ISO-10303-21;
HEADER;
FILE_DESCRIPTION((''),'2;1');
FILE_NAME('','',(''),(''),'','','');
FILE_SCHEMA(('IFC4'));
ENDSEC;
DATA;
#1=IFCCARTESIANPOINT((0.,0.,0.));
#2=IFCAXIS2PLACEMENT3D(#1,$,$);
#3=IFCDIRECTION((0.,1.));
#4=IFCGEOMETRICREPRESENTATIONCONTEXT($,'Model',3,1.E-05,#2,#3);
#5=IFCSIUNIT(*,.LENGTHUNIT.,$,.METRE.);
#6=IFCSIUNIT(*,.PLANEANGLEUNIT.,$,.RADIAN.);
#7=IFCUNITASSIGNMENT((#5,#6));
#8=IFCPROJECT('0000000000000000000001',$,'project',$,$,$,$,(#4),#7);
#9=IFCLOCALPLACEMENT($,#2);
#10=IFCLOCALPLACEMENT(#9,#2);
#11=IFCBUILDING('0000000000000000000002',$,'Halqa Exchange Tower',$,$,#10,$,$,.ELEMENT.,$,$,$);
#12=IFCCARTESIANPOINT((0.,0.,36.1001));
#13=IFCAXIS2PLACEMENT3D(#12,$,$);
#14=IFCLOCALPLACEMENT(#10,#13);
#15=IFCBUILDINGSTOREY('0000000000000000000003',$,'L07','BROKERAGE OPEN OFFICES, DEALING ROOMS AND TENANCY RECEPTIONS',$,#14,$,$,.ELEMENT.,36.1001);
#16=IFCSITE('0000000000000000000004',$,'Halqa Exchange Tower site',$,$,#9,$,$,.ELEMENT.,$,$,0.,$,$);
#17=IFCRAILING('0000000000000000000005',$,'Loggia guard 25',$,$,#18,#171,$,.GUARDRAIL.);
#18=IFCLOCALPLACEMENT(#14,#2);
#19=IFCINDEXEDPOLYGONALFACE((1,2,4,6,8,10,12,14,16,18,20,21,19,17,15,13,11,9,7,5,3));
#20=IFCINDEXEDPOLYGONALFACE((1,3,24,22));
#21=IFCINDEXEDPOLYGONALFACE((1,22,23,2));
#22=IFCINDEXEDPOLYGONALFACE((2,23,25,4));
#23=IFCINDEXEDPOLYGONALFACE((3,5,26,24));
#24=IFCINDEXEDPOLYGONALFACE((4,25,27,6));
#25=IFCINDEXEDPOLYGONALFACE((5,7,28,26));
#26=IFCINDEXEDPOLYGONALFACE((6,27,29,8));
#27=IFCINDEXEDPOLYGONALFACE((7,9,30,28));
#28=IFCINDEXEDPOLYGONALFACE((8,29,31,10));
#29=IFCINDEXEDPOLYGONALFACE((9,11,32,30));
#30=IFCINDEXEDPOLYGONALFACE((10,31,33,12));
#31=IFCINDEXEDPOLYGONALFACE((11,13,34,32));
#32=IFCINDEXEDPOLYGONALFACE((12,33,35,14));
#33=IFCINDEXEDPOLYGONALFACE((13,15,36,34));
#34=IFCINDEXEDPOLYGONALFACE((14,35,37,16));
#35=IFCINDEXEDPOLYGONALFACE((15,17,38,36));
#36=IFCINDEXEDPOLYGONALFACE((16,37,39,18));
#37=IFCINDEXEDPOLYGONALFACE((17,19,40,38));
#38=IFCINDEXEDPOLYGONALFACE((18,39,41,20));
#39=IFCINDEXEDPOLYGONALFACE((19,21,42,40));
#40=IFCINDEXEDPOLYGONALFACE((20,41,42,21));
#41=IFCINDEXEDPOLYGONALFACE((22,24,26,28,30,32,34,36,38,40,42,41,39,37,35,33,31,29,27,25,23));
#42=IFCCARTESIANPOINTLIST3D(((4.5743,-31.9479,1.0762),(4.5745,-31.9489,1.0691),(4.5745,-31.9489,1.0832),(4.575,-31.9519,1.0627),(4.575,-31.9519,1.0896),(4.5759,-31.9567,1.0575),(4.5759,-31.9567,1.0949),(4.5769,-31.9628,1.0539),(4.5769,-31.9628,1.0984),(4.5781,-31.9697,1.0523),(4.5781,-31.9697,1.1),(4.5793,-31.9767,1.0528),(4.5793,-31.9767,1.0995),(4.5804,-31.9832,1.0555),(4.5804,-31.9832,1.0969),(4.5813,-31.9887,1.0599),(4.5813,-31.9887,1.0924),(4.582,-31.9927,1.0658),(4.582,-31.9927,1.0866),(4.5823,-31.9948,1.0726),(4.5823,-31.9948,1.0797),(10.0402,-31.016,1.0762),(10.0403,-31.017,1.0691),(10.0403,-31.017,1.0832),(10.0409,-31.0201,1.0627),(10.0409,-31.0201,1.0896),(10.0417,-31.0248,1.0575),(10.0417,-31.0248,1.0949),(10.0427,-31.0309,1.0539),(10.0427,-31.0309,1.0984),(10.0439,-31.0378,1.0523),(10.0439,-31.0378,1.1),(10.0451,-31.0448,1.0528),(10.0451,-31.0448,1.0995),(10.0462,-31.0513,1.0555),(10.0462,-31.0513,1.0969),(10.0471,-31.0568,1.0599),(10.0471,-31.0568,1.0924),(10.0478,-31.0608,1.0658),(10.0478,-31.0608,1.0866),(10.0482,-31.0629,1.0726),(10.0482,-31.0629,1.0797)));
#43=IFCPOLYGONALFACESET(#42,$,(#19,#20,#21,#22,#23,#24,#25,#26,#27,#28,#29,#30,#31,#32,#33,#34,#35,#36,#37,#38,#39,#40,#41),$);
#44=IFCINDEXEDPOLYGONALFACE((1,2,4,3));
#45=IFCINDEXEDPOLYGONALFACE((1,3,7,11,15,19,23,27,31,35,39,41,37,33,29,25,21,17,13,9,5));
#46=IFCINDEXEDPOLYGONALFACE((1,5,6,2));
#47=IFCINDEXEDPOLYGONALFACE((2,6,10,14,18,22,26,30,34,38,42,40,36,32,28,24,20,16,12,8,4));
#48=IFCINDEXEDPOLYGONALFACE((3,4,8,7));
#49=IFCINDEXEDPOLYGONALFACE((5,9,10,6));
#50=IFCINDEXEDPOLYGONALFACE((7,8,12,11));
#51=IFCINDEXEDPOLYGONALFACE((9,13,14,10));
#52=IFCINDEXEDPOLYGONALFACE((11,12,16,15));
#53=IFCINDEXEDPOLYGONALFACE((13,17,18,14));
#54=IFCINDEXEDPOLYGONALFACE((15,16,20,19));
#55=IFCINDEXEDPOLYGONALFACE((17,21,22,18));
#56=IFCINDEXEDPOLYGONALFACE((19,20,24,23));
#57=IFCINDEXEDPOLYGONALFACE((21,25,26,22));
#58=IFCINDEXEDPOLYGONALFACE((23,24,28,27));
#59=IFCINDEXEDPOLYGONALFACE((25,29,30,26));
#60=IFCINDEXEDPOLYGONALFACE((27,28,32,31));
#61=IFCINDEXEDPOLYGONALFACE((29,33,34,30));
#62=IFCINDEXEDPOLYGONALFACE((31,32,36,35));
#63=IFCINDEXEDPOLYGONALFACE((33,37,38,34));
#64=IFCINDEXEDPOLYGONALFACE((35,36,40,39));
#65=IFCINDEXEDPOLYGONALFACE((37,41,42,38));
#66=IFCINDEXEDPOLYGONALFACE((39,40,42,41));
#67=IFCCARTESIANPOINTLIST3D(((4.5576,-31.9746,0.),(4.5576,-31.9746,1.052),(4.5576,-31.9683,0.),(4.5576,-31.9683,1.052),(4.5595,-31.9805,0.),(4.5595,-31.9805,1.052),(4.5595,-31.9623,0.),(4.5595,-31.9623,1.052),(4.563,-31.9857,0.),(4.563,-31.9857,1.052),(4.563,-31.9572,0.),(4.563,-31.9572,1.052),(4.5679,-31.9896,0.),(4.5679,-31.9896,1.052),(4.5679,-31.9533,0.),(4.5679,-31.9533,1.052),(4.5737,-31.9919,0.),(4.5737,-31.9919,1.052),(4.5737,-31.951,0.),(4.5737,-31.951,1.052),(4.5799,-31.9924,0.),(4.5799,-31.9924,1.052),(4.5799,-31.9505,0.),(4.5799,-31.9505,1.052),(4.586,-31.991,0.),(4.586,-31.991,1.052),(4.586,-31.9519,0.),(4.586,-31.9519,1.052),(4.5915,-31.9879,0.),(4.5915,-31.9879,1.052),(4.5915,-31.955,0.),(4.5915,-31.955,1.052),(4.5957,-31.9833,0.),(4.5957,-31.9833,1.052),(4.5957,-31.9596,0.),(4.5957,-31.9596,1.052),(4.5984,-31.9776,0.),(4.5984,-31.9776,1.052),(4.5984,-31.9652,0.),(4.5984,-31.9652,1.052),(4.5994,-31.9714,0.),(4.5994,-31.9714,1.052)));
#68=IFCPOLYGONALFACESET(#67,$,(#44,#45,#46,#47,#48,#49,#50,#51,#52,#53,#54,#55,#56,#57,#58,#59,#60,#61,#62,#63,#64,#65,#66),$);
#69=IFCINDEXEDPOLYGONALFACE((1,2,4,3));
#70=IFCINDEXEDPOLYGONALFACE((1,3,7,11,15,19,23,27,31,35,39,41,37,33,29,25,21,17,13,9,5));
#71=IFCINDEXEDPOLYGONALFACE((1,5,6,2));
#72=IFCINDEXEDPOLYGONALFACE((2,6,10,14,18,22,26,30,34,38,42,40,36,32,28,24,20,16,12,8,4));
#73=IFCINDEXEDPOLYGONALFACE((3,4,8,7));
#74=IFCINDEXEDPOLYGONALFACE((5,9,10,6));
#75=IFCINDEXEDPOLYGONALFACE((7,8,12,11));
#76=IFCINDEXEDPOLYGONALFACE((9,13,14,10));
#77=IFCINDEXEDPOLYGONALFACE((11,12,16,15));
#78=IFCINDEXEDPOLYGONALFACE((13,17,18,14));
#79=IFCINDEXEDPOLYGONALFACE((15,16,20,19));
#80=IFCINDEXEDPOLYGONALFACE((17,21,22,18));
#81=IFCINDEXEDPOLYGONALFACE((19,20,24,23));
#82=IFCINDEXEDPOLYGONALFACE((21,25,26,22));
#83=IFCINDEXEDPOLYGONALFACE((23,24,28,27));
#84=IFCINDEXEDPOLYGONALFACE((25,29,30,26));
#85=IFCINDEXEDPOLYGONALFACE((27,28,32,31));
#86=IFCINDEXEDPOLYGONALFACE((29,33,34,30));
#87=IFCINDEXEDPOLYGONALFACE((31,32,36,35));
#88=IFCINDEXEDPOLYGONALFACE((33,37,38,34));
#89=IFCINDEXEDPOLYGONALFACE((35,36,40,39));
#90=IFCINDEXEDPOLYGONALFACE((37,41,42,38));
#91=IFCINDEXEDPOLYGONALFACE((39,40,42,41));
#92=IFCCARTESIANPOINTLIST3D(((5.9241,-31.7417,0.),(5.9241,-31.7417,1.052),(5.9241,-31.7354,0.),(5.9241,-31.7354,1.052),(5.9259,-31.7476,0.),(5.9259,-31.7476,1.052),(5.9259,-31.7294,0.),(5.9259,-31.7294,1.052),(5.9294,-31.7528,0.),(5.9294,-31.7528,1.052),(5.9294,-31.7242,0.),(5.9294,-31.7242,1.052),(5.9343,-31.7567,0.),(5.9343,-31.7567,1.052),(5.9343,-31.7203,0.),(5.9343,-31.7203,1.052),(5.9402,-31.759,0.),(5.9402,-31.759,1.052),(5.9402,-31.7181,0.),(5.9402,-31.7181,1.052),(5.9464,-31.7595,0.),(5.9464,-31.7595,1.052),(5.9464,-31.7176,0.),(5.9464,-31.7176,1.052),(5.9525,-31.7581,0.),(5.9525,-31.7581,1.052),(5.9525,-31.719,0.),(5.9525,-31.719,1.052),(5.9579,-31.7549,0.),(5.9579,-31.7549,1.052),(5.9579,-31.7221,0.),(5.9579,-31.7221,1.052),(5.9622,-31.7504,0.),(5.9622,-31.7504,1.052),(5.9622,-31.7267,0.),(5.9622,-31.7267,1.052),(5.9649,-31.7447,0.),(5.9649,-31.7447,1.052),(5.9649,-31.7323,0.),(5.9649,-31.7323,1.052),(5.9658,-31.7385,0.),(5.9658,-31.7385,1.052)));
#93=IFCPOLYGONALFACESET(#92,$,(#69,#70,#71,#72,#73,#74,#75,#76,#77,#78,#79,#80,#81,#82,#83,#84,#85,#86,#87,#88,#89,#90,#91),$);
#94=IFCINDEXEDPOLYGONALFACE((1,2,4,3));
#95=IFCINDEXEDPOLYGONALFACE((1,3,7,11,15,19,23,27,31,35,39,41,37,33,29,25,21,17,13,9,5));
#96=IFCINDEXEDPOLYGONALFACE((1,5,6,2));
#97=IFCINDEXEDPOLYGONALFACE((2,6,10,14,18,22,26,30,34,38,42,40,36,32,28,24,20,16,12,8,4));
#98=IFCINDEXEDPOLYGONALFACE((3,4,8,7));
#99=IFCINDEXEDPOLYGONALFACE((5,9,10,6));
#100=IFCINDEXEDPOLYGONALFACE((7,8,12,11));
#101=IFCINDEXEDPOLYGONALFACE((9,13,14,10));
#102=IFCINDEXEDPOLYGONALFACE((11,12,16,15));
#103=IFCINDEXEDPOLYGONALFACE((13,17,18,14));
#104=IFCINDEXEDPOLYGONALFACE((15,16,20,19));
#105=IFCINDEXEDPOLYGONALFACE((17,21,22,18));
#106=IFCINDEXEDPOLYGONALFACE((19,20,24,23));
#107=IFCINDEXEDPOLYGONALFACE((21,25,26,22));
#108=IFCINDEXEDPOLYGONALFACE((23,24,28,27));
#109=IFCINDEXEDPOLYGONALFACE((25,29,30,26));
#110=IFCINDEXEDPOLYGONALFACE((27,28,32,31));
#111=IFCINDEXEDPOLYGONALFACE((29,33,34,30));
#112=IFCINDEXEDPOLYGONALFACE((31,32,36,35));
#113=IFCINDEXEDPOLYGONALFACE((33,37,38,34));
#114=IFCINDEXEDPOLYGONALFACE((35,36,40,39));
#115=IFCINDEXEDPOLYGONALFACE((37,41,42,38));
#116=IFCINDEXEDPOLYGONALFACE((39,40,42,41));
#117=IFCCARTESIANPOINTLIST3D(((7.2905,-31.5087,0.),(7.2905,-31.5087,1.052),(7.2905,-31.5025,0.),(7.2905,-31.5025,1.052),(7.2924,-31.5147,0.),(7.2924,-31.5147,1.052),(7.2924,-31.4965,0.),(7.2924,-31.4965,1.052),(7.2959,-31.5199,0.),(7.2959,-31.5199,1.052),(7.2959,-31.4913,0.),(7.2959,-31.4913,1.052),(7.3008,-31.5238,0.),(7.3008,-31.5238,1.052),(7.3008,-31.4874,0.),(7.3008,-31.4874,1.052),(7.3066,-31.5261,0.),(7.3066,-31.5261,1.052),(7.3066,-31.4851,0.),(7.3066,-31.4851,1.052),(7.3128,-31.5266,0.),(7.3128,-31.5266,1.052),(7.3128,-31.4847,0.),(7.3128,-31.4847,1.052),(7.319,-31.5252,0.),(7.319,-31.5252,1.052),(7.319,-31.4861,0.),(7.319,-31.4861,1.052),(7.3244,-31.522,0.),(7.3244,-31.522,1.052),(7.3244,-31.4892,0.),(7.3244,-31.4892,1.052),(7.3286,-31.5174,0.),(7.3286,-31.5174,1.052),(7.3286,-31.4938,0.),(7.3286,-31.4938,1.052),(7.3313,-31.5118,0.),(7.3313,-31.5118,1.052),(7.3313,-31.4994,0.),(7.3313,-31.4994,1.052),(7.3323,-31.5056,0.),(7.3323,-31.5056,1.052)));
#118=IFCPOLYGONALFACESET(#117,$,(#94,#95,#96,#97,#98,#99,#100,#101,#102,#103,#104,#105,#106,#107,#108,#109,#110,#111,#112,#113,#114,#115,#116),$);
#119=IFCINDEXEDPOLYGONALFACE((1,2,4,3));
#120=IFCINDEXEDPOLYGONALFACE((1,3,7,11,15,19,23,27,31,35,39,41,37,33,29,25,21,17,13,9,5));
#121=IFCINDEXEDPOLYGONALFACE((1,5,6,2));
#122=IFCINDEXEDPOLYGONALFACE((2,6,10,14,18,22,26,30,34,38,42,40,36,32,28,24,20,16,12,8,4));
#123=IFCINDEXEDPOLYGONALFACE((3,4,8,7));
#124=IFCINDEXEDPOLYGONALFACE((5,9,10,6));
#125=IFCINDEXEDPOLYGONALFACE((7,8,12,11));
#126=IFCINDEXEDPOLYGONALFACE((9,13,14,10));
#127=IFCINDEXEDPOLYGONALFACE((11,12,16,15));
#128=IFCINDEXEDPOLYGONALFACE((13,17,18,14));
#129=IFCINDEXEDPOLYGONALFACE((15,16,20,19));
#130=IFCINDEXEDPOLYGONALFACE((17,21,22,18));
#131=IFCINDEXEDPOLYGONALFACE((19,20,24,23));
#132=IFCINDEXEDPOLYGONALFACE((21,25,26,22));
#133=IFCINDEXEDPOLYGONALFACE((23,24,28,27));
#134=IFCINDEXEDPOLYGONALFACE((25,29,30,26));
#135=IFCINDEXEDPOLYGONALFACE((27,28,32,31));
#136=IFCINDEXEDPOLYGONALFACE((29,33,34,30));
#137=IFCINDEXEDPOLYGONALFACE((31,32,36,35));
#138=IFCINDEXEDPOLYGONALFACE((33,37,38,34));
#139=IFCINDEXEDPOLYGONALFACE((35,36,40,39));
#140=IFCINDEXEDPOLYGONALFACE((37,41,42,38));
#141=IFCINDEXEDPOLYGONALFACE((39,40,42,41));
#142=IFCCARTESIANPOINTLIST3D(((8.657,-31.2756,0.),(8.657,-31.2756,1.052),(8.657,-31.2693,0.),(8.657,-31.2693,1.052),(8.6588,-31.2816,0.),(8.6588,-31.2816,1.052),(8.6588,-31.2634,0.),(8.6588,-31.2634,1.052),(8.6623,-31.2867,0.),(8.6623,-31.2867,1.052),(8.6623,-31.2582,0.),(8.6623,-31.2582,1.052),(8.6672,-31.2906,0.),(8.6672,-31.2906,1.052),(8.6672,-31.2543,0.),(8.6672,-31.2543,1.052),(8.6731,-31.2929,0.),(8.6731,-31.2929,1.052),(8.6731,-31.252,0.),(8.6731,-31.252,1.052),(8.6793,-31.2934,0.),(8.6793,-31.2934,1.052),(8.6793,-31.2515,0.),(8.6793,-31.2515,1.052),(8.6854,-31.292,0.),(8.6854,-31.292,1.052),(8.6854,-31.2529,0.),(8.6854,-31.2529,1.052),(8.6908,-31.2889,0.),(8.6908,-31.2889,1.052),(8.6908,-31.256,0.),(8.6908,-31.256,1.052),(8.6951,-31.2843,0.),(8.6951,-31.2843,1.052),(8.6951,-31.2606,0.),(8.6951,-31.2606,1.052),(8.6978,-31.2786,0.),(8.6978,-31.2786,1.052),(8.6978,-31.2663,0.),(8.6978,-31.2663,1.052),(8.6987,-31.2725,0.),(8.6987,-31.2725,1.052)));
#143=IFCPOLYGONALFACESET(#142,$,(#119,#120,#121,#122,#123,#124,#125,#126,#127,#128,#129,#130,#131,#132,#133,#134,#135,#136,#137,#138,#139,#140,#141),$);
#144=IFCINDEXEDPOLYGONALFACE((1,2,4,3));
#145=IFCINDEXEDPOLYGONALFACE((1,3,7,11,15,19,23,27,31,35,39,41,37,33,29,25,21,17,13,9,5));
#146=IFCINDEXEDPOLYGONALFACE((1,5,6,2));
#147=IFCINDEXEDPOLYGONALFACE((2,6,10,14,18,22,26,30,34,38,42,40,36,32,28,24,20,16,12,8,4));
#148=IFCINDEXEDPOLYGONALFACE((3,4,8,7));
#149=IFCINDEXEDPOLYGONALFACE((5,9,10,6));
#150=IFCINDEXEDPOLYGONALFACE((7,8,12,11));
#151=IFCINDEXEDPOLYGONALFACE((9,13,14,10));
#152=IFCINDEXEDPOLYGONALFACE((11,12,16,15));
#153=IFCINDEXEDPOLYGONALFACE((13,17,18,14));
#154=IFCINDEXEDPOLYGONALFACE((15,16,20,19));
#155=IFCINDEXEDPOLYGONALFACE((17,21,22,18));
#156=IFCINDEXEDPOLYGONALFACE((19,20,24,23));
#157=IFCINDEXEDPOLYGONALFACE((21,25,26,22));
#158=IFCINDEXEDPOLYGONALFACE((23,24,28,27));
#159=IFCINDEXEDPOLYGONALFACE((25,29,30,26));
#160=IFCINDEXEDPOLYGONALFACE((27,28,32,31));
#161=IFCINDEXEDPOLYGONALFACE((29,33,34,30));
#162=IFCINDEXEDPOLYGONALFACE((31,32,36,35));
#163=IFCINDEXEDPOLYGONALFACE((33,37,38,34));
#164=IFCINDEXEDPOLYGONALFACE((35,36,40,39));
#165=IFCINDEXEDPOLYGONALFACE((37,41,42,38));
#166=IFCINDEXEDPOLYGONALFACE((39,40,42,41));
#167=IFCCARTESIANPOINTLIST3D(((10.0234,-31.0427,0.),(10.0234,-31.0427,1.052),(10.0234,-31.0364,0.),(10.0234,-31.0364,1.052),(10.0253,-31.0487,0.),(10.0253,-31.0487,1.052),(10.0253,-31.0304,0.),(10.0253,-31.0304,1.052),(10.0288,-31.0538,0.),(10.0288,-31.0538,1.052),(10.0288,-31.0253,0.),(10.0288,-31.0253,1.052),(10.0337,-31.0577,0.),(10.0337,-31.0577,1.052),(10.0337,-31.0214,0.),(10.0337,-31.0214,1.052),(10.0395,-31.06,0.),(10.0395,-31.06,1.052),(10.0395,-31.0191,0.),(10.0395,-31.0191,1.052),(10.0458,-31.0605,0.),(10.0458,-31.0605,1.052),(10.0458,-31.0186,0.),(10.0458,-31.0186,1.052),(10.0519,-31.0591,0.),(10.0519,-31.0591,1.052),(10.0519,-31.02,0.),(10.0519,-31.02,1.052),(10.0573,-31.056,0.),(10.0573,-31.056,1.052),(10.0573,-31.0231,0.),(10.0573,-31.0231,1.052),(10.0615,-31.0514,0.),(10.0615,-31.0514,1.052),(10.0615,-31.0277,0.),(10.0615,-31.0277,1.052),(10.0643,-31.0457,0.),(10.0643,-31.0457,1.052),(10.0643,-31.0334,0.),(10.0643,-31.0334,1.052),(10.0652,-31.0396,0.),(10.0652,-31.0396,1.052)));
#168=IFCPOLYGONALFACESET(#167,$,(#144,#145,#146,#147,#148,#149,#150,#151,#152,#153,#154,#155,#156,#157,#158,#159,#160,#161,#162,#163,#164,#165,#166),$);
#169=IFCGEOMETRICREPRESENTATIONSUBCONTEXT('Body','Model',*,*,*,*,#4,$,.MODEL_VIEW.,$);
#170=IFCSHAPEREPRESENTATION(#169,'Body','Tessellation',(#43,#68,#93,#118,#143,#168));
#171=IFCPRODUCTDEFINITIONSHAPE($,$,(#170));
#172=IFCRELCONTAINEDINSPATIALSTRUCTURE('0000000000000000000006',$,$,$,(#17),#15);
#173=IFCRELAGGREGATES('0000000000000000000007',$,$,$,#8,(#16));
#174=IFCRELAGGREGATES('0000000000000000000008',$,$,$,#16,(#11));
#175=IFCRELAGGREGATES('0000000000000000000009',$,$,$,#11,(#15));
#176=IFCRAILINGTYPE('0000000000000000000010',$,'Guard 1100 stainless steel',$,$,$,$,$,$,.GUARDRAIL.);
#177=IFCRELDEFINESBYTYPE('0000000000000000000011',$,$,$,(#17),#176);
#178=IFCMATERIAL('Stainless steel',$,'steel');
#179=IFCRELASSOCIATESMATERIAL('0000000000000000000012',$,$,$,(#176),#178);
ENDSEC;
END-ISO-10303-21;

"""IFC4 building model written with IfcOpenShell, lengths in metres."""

from ifc_helpers import new_model, si_unit, direction, frame, origin, origin_2d, place, context, subcontext, project, spatial, circle, extrude, material, type_object, element, save


model = new_model("IFC4")

# Units and contexts
model_context = context("Model", 3, precision=1e-05, world=origin(), true_north=direction((0.0, 1.0)))
body_context = subcontext(model_context, "Body", "Model", "MODEL_VIEW")
ifc_project = project(units=[si_unit("LENGTHUNIT", "METRE"), si_unit("PLANEANGLEUNIT", "RADIAN")], contexts=[model_context])

# Site, building, storey
site_placement = place(None, origin())
site = spatial("IfcSite", under=ifc_project, at=site_placement, Name="Halqa Exchange Tower site", CompositionType="ELEMENT", RefElevation=0.0)
building_placement = place(site_placement, origin())
building = spatial("IfcBuilding", under=site, at=building_placement, Name="Halqa Exchange Tower", CompositionType="ELEMENT")
storey_placement = place(building_placement, frame((0.0, 0.0, 36.1001)))
storey = spatial("IfcBuildingStorey", under=building, at=storey_placement, Name="L07", Description="BROKERAGE OPEN OFFICES, DEALING ROOMS AND TENANCY RECEPTIONS", CompositionType="ELEMENT", Elevation=36.1001)

# Railing
ifc_material_1 = material(Name="Stainless steel", Category="steel")
railing_type = type_object("IfcRailingType", Name="Guard 1100 stainless steel", PredefinedType="GUARDRAIL", material=ifc_material_1)
railing_1_placement = place(storey_placement, frame((4.5784, -31.9714, 0.0)))
element("IfcRailing", 1, at=railing_1_placement, inside=storey, type_object=railing_type, Name="Loggia guard 25", PredefinedType="GUARDRAIL", context=body_context, shape_type="SweptSolid", body=[
    extrude(circle(Radius=0.0239, at=origin_2d()), frame((0.0, 0.0, 1.0762), z_axis=(0.985775, 0.168068, 0.0), x_axis=(-0.168068, 0.985775, 0.0)), (0.0, 0.0, 1.0), 5.5447),
    extrude(circle(Radius=0.021, at=origin_2d()), origin(), (0.0, 0.0, 1.0), 1.052),
    extrude(circle(Radius=0.021, at=origin_2d()), frame((1.3665, 0.2329, 0.0)), (0.0, 0.0, 1.0), 1.052),
    extrude(circle(Radius=0.021, at=origin_2d()), frame((2.7329, 0.4658, 0.0)), (0.0, 0.0, 1.0), 1.052),
    extrude(circle(Radius=0.021, at=origin_2d()), frame((4.0994, 0.699, 0.0)), (0.0, 0.0, 1.0), 1.052),
    extrude(circle(Radius=0.021, at=origin_2d()), frame((5.4658, 0.9319, 0.0)), (0.0, 0.0, 1.0), 1.052),
])

save(model, "model.ifc")
